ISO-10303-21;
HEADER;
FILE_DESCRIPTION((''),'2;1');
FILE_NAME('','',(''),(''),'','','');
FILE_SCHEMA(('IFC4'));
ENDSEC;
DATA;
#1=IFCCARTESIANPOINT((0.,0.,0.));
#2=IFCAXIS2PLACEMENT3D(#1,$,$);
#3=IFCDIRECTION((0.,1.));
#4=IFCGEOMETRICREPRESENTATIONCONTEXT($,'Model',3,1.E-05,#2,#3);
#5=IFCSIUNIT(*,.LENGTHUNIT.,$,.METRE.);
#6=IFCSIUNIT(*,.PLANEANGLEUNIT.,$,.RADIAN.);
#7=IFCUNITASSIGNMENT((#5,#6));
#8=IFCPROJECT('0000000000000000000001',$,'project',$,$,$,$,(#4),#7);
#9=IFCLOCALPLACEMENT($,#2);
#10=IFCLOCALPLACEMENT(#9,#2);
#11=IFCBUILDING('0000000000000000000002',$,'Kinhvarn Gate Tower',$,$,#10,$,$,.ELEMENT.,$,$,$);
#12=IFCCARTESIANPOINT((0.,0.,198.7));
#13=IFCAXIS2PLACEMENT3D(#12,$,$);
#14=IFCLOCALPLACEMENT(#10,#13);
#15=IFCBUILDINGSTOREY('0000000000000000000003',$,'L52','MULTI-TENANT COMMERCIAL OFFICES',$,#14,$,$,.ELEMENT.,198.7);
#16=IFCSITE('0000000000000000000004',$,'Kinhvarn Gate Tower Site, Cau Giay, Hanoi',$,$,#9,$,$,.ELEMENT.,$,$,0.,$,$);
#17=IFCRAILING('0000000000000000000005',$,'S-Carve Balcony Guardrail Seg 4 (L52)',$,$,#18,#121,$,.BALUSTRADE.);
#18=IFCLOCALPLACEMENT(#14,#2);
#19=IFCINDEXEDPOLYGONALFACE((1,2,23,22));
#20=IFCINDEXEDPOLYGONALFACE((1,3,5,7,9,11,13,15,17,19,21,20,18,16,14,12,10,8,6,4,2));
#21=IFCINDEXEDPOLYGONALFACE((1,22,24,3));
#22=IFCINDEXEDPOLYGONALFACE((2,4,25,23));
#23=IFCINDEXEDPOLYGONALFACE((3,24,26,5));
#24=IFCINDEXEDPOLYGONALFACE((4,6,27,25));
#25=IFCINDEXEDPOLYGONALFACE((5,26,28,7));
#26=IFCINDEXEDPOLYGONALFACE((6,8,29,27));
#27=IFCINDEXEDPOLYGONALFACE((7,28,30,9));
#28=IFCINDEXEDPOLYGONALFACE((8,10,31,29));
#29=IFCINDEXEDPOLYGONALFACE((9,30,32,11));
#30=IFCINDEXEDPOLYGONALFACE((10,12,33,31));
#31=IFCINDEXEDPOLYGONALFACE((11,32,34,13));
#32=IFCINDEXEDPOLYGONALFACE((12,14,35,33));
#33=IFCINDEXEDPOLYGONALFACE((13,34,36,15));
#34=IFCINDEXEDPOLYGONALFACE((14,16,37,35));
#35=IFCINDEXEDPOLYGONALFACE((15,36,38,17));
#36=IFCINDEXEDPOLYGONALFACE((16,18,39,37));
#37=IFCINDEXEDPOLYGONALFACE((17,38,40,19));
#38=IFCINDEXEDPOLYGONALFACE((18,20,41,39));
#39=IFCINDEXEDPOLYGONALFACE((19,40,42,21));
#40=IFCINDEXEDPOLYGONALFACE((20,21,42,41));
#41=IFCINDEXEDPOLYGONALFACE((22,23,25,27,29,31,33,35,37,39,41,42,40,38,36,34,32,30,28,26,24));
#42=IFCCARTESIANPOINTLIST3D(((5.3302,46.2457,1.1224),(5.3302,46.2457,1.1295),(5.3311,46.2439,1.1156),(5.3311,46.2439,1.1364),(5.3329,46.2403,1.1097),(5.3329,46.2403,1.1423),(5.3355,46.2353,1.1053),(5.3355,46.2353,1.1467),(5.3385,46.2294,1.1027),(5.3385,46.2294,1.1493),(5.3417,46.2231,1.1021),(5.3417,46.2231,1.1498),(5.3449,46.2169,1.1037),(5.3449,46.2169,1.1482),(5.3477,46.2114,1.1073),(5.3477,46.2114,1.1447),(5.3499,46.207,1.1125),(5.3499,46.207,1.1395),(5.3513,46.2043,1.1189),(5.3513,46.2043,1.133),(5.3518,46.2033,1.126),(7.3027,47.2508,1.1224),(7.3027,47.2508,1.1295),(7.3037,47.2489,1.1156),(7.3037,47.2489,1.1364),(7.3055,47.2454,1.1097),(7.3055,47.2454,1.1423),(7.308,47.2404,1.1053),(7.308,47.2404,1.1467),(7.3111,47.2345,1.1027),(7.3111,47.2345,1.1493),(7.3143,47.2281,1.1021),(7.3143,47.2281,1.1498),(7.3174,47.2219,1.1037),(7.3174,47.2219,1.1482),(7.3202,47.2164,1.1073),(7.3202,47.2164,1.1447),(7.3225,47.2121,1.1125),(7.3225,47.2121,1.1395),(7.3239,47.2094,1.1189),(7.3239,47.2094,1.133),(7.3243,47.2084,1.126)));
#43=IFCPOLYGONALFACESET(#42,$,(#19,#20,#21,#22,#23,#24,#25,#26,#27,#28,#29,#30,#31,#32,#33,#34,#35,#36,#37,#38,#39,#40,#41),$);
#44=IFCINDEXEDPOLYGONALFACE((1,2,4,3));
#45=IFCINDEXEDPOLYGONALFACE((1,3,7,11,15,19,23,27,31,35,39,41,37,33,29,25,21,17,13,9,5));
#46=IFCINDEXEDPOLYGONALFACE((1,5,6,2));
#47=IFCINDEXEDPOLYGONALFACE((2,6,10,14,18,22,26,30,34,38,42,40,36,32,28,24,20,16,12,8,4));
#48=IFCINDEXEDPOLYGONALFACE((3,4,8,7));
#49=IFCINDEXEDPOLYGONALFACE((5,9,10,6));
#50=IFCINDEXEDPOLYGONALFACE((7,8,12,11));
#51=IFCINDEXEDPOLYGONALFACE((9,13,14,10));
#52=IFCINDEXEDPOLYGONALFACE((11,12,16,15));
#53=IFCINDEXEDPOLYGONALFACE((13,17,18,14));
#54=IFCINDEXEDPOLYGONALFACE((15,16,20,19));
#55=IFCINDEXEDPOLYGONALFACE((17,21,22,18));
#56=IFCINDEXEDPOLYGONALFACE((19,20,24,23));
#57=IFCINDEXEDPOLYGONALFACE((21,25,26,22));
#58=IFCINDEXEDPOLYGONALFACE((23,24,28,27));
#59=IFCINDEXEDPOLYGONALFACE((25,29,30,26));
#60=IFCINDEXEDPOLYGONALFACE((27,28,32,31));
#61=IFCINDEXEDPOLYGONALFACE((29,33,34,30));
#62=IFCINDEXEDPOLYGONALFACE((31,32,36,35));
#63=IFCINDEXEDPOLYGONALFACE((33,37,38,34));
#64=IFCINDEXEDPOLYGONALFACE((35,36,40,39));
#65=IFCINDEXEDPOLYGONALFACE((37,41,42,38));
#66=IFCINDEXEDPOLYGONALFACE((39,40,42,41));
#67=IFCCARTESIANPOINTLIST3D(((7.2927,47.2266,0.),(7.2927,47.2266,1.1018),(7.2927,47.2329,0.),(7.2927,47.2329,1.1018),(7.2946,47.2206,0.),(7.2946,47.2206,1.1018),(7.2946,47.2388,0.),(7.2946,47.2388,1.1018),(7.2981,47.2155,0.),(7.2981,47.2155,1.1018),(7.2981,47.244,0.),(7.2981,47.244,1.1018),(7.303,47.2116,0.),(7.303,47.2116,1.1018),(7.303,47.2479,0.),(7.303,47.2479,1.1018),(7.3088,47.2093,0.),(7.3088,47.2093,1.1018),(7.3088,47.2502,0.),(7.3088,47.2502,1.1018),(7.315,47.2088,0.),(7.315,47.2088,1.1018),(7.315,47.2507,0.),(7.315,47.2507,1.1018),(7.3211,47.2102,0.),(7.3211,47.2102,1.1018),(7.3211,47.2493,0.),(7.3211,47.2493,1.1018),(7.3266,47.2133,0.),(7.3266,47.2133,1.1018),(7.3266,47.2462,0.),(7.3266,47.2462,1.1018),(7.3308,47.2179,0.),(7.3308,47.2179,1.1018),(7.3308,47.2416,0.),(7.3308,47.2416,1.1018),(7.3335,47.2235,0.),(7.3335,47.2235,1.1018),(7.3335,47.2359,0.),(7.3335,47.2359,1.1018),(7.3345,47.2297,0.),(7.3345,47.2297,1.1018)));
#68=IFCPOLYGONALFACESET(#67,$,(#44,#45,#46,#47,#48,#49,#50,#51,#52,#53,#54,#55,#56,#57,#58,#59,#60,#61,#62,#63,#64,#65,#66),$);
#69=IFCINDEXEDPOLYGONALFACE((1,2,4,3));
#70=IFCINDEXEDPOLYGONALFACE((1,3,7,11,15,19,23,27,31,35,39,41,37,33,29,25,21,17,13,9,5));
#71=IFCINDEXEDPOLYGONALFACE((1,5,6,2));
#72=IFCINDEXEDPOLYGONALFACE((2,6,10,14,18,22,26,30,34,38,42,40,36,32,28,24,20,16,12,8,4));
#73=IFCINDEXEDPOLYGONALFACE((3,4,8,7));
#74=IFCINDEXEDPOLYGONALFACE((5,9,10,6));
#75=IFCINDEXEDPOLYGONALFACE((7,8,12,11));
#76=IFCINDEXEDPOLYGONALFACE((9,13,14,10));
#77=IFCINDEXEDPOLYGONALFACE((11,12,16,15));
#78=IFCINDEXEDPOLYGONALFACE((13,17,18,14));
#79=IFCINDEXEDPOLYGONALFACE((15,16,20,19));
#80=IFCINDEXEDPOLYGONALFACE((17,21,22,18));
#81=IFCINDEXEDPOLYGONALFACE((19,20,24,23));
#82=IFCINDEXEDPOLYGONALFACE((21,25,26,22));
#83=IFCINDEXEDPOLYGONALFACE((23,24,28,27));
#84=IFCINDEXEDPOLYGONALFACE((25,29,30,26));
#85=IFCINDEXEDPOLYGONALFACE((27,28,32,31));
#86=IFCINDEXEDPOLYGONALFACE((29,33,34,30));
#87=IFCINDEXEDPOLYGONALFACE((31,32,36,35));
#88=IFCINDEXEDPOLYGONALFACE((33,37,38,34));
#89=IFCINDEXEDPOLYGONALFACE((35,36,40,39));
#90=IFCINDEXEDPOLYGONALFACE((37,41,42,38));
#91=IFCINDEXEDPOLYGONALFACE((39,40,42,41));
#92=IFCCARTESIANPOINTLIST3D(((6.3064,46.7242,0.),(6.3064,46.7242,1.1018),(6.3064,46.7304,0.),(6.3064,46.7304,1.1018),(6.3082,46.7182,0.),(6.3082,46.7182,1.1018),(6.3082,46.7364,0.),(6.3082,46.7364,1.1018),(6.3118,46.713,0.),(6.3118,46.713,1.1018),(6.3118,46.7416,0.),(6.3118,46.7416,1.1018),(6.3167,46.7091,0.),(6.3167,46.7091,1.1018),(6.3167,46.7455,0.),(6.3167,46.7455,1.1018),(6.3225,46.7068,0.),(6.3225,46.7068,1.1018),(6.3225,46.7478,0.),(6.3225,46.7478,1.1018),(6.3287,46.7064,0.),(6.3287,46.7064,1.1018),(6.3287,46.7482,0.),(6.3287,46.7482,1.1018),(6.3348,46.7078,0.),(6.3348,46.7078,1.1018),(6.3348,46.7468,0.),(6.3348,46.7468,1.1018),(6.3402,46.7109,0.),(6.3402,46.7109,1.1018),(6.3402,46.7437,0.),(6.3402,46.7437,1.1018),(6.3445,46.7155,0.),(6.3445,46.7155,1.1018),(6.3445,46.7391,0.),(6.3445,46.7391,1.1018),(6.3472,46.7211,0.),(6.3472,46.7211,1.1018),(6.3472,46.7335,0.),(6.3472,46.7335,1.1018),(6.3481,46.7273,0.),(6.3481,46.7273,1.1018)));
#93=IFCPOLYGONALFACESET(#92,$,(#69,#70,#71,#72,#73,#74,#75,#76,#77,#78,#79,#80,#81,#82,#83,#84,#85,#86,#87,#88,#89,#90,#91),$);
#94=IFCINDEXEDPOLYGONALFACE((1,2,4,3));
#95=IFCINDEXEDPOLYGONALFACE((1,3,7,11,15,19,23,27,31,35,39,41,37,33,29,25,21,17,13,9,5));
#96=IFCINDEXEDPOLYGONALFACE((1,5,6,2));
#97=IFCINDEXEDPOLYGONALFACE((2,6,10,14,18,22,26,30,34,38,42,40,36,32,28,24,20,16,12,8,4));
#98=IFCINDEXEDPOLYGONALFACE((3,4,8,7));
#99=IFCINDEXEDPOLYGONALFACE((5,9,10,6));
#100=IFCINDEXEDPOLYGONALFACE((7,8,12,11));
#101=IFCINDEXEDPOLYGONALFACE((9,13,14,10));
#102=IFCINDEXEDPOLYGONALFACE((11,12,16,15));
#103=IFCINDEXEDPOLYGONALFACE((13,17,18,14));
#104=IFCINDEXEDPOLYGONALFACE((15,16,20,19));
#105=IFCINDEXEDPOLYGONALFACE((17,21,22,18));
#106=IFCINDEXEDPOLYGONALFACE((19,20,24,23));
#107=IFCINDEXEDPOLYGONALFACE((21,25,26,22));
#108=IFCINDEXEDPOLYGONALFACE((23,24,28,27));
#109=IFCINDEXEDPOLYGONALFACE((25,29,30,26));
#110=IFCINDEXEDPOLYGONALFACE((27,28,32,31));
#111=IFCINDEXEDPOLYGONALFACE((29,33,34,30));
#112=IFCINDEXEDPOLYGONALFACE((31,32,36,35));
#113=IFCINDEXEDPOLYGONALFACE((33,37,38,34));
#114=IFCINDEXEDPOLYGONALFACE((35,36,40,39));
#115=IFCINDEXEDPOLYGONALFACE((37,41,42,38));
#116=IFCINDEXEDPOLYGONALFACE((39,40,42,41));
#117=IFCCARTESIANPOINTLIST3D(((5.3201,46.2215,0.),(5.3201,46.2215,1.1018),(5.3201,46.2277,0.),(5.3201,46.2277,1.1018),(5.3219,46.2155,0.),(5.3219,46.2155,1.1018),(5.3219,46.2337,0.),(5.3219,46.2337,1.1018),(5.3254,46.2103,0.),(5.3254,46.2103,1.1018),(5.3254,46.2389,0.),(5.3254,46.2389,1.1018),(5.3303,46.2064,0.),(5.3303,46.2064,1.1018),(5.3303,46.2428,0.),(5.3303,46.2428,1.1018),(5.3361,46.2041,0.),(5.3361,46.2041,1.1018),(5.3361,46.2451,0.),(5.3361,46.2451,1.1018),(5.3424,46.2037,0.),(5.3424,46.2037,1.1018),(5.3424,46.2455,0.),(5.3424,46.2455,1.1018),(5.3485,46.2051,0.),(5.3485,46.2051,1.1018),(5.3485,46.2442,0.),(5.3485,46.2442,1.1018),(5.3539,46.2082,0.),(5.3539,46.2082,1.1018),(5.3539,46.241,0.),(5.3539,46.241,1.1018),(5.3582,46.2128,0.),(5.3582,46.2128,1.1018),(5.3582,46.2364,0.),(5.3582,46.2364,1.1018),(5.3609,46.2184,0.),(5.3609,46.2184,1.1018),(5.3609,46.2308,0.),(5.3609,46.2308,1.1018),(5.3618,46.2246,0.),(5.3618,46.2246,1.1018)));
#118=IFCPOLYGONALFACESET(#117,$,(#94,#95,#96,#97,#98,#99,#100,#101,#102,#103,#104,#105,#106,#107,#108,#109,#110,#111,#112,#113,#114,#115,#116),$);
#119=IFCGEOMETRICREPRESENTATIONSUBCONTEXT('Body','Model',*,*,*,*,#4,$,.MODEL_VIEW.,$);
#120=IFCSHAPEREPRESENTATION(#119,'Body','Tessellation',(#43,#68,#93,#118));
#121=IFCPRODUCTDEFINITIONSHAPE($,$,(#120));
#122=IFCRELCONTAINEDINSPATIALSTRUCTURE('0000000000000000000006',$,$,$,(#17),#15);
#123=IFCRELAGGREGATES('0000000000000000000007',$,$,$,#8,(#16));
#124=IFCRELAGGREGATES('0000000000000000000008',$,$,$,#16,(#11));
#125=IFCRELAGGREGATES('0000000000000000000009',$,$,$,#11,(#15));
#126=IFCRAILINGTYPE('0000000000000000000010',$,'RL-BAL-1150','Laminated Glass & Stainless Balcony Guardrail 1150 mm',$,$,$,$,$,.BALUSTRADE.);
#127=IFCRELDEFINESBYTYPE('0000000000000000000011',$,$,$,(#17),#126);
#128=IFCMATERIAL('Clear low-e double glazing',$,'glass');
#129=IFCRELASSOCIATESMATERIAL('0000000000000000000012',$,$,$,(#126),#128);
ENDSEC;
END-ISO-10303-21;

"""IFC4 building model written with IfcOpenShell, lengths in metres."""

from ifc_helpers import new_model, si_unit, direction, frame, origin, origin_2d, place, context, subcontext, project, spatial, circle, extrude, material, type_object, element, save


model = new_model("IFC4")

# Units and contexts
model_context = context("Model", 3, precision=1e-05, world=origin(), true_north=direction((0.0, 1.0)))
body_context = subcontext(model_context, "Body", "Model", "MODEL_VIEW")
ifc_project = project(units=[si_unit("LENGTHUNIT", "METRE"), si_unit("PLANEANGLEUNIT", "RADIAN")], contexts=[model_context])

# Site, building, storey
site_placement = place(None, origin())
site = spatial("IfcSite", under=ifc_project, at=site_placement, Name="Kinhvarn Gate Tower Site, Cau Giay, Hanoi", CompositionType="ELEMENT", RefElevation=0.0)
building_placement = place(site_placement, origin())
building = spatial("IfcBuilding", under=site, at=building_placement, Name="Kinhvarn Gate Tower", CompositionType="ELEMENT")
storey_placement = place(building_placement, frame((0.0, 0.0, 198.7)))
storey = spatial("IfcBuildingStorey", under=building, at=storey_placement, Name="L52", Description="MULTI-TENANT COMMERCIAL OFFICES", CompositionType="ELEMENT", Elevation=198.7)

# Shared definitions
ifc_material_1 = material(Name="Clear low-e double glazing", Category="glass")

# Railing
railing_type = type_object("IfcRailingType", Name="RL-BAL-1150", Description="Laminated Glass & Stainless Balcony Guardrail 1150 mm", PredefinedType="BALUSTRADE", material=ifc_material_1)
railing_1_placement = place(storey_placement, frame((7.3135, 47.2297, 0.0)))
element("IfcRailing", 1, at=railing_1_placement, inside=storey, type_object=railing_type, Name="S-Carve Balcony Guardrail Seg 4 (L52)", PredefinedType="BALUSTRADE", context=body_context, shape_type="SweptSolid", body=[
    extrude(circle(Radius=0.0239, at=origin_2d()), frame((0.0, 0.0, 1.126), z_axis=(-0.891005, -0.453994, 0.0), x_axis=(0.453994, -0.891005, 0.0)), (0.0, 0.0, 1.0), 2.2139),
    extrude(circle(Radius=0.021, at=origin_2d()), origin(), (0.0, 0.0, 1.0), 1.1018),
    extrude(circle(Radius=0.021, at=origin_2d()), frame((-0.9863, -0.5024, 0.0)), (0.0, 0.0, 1.0), 1.1018),
    extrude(circle(Radius=0.021, at=origin_2d()), frame((-1.9727, -1.0051, 0.0)), (0.0, 0.0, 1.0), 1.1018),
])

save(model, "model.ifc")
